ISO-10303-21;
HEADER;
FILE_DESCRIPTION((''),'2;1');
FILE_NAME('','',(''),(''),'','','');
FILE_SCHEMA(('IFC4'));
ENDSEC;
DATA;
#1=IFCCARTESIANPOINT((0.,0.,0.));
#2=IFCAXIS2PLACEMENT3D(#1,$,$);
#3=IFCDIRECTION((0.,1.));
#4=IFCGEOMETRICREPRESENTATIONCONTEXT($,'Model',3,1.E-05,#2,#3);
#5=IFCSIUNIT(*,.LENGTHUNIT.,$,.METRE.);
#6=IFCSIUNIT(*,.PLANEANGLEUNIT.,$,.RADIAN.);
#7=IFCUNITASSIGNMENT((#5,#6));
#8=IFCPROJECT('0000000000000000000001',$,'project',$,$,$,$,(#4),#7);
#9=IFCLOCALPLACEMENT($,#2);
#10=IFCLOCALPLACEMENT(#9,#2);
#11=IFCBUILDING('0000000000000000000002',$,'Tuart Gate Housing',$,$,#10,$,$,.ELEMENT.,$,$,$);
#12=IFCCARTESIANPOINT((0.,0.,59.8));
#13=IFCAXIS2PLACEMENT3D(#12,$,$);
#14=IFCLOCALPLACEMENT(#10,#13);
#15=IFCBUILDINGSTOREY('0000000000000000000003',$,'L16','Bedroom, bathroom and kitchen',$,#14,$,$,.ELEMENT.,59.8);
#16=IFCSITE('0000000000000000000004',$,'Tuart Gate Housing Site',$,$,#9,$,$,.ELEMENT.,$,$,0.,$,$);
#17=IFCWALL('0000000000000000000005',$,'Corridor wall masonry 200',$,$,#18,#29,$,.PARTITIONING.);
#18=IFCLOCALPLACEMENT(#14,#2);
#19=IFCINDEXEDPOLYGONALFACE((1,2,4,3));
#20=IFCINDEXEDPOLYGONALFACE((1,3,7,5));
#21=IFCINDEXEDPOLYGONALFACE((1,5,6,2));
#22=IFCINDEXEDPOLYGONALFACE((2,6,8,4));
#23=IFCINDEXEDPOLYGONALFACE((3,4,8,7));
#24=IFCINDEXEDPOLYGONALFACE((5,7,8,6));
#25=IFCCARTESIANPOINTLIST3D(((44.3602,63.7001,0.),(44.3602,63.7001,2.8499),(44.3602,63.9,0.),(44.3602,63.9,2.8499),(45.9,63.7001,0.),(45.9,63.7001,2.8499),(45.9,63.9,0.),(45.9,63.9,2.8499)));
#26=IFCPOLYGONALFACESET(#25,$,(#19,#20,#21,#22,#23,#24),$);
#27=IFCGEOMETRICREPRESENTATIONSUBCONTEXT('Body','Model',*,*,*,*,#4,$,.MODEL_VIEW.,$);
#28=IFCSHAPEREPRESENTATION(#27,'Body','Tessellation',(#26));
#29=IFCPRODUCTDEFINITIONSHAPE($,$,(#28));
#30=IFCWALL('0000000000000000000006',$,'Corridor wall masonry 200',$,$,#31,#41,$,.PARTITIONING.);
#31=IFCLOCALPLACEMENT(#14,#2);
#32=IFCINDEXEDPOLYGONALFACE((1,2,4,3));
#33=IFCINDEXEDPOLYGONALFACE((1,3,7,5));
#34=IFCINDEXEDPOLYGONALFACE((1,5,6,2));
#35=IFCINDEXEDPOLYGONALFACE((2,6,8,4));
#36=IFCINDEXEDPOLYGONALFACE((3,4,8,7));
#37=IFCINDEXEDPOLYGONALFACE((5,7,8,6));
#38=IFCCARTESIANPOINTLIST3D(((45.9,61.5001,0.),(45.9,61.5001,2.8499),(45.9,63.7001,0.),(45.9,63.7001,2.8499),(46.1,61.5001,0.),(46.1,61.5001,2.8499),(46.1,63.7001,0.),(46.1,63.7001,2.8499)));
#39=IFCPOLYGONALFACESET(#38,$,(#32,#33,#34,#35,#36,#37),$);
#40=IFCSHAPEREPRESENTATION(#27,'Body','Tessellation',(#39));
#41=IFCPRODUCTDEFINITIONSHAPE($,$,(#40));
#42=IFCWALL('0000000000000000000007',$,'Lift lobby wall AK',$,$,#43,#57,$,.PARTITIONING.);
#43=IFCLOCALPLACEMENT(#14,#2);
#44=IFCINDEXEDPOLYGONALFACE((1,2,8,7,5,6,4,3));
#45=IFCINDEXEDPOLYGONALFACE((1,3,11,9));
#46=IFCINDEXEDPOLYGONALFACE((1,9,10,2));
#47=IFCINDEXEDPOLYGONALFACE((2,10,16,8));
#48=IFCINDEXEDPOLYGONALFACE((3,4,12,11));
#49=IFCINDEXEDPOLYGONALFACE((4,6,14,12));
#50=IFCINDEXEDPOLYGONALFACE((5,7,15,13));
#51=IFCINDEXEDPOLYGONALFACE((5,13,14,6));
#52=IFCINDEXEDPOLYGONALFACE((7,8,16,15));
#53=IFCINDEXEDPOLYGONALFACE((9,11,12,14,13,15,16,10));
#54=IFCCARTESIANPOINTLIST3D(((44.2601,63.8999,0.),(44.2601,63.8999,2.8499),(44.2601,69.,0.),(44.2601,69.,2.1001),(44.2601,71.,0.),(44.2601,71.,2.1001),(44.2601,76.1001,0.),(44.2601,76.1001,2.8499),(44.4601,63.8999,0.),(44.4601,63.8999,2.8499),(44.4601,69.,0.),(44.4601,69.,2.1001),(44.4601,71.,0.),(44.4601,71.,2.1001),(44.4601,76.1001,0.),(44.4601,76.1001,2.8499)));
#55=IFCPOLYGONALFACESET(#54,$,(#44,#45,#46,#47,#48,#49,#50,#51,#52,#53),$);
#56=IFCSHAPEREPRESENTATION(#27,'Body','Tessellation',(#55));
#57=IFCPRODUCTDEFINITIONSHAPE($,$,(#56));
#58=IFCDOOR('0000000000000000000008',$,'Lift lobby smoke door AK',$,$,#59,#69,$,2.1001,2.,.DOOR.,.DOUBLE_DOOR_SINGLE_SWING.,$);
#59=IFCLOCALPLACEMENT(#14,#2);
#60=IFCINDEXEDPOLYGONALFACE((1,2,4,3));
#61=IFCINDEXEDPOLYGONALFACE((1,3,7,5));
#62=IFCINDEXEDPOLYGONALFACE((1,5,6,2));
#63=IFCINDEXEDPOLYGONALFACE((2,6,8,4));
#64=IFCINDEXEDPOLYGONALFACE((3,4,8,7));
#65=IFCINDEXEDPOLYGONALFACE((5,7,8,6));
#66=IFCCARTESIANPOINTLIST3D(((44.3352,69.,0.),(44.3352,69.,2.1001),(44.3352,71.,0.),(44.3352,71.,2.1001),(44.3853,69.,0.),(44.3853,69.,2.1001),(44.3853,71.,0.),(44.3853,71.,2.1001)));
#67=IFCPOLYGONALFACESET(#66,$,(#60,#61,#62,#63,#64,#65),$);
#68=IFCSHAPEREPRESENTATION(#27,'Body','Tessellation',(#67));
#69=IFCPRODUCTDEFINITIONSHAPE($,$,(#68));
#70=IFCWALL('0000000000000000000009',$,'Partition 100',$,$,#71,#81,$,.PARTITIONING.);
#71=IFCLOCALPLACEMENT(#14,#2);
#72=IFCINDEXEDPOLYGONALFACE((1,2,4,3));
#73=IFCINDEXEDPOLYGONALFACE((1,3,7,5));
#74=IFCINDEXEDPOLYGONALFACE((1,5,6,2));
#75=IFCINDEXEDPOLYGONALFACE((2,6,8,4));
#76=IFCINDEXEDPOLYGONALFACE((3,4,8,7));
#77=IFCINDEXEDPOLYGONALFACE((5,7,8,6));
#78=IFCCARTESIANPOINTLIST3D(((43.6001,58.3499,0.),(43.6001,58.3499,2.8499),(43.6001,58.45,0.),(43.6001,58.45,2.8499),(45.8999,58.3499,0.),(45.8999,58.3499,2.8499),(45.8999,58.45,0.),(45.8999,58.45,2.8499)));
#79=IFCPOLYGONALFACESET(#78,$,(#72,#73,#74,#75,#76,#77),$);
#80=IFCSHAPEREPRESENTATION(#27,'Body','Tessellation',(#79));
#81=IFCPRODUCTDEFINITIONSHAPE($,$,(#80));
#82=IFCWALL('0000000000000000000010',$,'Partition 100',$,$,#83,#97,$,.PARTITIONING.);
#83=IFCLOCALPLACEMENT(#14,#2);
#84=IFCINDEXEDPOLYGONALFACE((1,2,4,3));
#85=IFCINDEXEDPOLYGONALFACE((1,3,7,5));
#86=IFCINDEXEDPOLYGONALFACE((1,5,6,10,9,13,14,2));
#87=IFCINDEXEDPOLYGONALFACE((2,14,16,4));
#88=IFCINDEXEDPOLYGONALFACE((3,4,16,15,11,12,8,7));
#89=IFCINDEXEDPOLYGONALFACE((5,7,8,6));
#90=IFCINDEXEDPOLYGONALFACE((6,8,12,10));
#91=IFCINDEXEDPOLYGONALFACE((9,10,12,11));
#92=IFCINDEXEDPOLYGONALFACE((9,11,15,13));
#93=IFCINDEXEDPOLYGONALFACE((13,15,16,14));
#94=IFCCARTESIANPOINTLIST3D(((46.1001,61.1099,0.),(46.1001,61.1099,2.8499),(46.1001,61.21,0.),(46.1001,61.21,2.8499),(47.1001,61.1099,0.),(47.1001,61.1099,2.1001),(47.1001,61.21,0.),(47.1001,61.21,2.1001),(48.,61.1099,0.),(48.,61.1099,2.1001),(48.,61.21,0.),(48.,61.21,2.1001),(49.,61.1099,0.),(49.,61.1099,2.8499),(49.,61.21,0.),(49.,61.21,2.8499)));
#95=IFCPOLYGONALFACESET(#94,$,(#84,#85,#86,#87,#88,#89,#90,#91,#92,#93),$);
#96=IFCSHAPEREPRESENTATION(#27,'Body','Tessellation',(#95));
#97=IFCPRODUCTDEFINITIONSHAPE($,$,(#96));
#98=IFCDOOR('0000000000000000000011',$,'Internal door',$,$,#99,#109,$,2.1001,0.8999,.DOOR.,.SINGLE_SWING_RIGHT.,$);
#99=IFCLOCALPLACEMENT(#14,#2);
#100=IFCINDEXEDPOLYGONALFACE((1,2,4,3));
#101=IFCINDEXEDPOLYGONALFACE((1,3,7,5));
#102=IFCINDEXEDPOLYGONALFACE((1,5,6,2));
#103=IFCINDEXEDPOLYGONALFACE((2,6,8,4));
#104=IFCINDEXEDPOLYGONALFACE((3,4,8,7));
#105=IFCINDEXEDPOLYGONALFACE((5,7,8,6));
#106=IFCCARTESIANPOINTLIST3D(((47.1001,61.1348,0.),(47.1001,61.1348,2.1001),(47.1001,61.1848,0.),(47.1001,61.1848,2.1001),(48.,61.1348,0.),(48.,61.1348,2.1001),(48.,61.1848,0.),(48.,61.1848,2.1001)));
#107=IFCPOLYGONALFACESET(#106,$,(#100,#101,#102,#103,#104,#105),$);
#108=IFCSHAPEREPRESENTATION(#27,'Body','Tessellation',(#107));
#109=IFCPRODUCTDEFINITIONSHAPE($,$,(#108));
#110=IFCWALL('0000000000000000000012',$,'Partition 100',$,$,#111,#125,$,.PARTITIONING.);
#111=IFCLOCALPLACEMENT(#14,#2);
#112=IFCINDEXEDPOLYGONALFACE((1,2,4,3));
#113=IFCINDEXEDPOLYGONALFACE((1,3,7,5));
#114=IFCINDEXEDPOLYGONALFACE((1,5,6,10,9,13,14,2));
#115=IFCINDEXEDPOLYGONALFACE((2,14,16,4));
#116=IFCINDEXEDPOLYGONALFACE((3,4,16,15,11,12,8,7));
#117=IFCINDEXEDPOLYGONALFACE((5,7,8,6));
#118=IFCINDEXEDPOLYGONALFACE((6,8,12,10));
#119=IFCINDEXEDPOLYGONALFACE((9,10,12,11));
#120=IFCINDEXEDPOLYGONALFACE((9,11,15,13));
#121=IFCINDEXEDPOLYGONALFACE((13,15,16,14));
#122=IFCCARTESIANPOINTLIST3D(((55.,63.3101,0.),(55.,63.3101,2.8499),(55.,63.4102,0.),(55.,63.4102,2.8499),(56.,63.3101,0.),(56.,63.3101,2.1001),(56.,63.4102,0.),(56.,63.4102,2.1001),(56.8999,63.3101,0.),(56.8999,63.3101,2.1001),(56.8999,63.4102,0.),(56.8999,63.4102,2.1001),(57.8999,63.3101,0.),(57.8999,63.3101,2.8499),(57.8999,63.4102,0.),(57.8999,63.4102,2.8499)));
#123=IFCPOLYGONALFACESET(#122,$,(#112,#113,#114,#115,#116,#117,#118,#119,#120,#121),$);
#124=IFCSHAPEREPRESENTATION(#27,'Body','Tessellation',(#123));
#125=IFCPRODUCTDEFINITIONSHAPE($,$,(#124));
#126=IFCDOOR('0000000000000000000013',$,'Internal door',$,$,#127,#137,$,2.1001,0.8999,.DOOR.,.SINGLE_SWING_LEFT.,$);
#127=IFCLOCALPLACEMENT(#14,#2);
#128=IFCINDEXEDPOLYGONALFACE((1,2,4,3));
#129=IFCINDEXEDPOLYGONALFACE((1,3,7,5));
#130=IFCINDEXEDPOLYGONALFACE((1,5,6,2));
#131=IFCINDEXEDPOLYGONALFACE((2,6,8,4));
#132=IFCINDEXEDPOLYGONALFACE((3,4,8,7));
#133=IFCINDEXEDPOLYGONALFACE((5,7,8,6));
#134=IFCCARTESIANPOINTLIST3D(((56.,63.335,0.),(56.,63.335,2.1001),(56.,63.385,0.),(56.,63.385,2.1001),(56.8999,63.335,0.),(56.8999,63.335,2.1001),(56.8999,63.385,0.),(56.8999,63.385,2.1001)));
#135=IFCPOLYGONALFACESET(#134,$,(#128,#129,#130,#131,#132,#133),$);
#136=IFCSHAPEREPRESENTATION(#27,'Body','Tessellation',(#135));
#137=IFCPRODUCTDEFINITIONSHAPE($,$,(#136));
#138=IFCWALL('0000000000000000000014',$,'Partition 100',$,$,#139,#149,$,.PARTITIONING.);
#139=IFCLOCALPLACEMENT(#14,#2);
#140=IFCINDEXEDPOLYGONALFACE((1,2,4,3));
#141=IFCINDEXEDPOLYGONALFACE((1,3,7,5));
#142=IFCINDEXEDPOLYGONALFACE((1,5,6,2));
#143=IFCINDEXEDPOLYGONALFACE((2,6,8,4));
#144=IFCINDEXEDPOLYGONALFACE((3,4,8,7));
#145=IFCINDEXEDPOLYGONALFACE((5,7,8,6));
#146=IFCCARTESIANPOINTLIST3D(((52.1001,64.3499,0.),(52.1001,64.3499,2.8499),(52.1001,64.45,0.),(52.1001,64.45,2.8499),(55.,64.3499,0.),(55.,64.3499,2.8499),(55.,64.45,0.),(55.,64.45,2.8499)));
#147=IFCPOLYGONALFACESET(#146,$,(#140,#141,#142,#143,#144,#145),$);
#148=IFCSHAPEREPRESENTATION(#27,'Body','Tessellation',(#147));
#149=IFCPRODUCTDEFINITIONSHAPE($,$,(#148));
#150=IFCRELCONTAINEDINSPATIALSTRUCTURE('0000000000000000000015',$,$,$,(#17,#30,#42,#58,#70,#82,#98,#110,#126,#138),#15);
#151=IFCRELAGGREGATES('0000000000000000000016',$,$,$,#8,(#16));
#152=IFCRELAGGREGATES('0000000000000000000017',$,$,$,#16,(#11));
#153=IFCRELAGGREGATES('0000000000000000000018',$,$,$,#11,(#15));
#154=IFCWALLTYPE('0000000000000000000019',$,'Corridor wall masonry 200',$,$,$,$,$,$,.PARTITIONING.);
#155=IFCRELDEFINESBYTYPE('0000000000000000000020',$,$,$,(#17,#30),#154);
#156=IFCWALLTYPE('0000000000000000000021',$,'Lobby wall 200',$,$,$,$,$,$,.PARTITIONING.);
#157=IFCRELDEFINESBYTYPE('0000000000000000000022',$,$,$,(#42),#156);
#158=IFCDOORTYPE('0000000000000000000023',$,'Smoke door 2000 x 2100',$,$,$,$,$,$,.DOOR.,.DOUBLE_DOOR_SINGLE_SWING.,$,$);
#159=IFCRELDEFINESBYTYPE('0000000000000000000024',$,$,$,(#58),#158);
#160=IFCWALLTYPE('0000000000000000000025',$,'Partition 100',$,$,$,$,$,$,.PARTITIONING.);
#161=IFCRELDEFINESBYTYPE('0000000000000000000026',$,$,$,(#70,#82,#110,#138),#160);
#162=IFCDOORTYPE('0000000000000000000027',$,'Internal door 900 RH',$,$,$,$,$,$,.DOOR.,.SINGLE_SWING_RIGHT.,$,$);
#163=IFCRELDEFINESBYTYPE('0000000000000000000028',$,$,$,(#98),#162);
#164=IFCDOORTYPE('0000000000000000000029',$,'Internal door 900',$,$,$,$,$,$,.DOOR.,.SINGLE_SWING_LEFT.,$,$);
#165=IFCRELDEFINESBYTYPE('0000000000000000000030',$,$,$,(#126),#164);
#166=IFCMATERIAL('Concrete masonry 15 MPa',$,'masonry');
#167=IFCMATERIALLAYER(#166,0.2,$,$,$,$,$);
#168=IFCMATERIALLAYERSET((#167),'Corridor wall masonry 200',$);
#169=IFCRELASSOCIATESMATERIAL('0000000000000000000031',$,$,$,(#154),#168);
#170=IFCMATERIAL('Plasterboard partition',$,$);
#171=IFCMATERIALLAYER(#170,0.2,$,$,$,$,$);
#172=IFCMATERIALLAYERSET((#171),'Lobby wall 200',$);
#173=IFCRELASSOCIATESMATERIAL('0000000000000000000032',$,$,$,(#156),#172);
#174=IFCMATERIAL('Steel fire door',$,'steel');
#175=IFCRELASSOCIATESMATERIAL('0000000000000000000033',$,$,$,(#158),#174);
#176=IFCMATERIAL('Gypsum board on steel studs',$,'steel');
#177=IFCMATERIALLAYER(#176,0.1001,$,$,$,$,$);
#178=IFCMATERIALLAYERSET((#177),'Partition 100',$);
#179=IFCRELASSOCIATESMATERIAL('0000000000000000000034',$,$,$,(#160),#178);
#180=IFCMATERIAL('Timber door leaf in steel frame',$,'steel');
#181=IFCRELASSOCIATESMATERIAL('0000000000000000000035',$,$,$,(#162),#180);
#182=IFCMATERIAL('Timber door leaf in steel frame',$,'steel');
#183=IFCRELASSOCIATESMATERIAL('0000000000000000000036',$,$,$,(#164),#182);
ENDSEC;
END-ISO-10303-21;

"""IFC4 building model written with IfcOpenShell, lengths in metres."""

from ifc_helpers import new_model, si_unit, direction, frame, frame_2d, origin, place, context, subcontext, project, spatial, rectangle, extrude, material, layer, layer_set, type_object, element, fill, save


model = new_model("IFC4")

# Units and contexts
model_context = context("Model", 3, precision=1e-05, world=origin(), true_north=direction((0.0, 1.0)))
body_context = subcontext(model_context, "Body", "Model", "MODEL_VIEW")
ifc_project = project(units=[si_unit("LENGTHUNIT", "METRE"), si_unit("PLANEANGLEUNIT", "RADIAN")], contexts=[model_context])

# Site, building, storey
site_placement = place(None, origin())
site = spatial("IfcSite", under=ifc_project, at=site_placement, Name="Tuart Gate Housing Site", CompositionType="ELEMENT", RefElevation=0.0)
building_placement = place(site_placement, origin())
building = spatial("IfcBuilding", under=site, at=building_placement, Name="Tuart Gate Housing", CompositionType="ELEMENT")
storey_placement = place(building_placement, frame((0.0, 0.0, 59.8)))
storey = spatial("IfcBuildingStorey", under=building, at=storey_placement, Name="L16", Description="Bedroom, bathroom and kitchen", CompositionType="ELEMENT", Elevation=59.8)

# Walls
ifc_material_1 = material(Name="Concrete masonry 15 MPa", Category="masonry")
ifc_layer_1 = layer(ifc_material_1, 0.2)
ifc_layer_set_1 = layer_set([ifc_layer_1], Name="Corridor wall masonry 200")
wall_type_1 = type_object("IfcWallType", Name="Corridor wall masonry 200", PredefinedType="PARTITIONING", material=ifc_layer_set_1)
wall_1_placement = place(storey_placement, frame((44.3601, 63.8, 0.0), z_axis=(0.0, 0.0, 1.0), x_axis=(1.0, 0.0, 0.0)))
element("IfcWall", 1, at=wall_1_placement, inside=storey, type_object=wall_type_1, Name="Corridor wall masonry 200", PredefinedType="PARTITIONING", context=body_context, shape_type="SweptSolid", body=[
    extrude(rectangle(XDim=1.5398, YDim=0.2, at=frame_2d((0.77, 0.0))), origin(), (0.0, 0.0, 1.0), 2.8499),
])
wall_2_placement = place(storey_placement, frame((46.0, 61.5, 0.0), z_axis=(0.0, 0.0, 1.0), x_axis=(0.0, 1.0, 0.0)))
element("IfcWall", 2, at=wall_2_placement, inside=storey, type_object=wall_type_1, Name="Corridor wall masonry 200", PredefinedType="PARTITIONING", context=body_context, shape_type="SweptSolid", body=[
    extrude(rectangle(XDim=2.2, YDim=0.2, at=frame_2d((1.1001, 0.0))), origin(), (0.0, 0.0, 1.0), 2.8499),
])

# Wall, opening, door
ifc_material_2 = material(Name="Plasterboard partition")
ifc_layer_2 = layer(ifc_material_2, 0.2)
ifc_layer_set_2 = layer_set([ifc_layer_2], Name="Lobby wall 200")
wall_type_2 = type_object("IfcWallType", Name="Lobby wall 200", PredefinedType="PARTITIONING", material=ifc_layer_set_2)
wall_3_placement = place(storey_placement, frame((44.3601, 63.8999, 0.0), z_axis=(0.0, 0.0, 1.0), x_axis=(0.0, 1.0, 0.0)))
wall_3 = element("IfcWall", 3, at=wall_3_placement, inside=storey, type_object=wall_type_2, Name="Lift lobby wall AK", PredefinedType="PARTITIONING", context=body_context, shape_type="SweptSolid", body=[
    extrude(rectangle(XDim=12.2002, YDim=0.2, at=frame_2d((6.1001, 0.0))), origin(), (0.0, 0.0, 1.0), 2.8499),
])
opening_1_placement = place(wall_3_placement, frame((5.1001, 0.0, 0.0)))
opening_1 = element("IfcOpeningElement", 4, at=opening_1_placement, cuts=wall_3, PredefinedType="OPENING", context=body_context, shape_type="SweptSolid", body=[
    extrude(rectangle(XDim=2.0, YDim=2.1001, at=frame_2d((1.0, 1.05))), frame((0.0, 0.1099, 0.0), z_axis=(0.0, -1.0, 0.0), x_axis=(1.0, 0.0, 0.0)), (0.0, 0.0, 1.0), 0.22),
])
ifc_material_3 = material(Name="Steel fire door", Category="steel")
door_type_1 = type_object("IfcDoorType", Name="Smoke door 2000 x 2100", OperationType="DOUBLE_DOOR_SINGLE_SWING", PredefinedType="DOOR", material=ifc_material_3)
door_1_placement = place(opening_1_placement, origin())
door_1 = element("IfcDoor", 5, at=door_1_placement, inside=storey, type_object=door_type_1, Name="Lift lobby smoke door AK", OperationType="DOUBLE_DOOR_SINGLE_SWING", OverallHeight=2.1001, OverallWidth=2.0, PredefinedType="DOOR", context=body_context, shape_type="SweptSolid", body=[
    extrude(rectangle(XDim=2.0, YDim=2.1001, at=frame_2d((1.0, 1.05))), frame((0.0, 0.0249, 0.0), z_axis=(0.0, -1.0, 0.0), x_axis=(1.0, 0.0, 0.0)), (0.0, 0.0, 1.0), 0.05),
])
fill(opening_1, door_1)

# Wall
ifc_material_4 = material(Name="Gypsum board on steel studs", Category="steel")
ifc_layer_3 = layer(ifc_material_4, 0.1001)
ifc_layer_set_3 = layer_set([ifc_layer_3], Name="Partition 100")
wall_type_3 = type_object("IfcWallType", Name="Partition 100", PredefinedType="PARTITIONING", material=ifc_layer_set_3)
wall_4_placement = place(storey_placement, frame((43.6001, 58.3999, 0.0), z_axis=(0.0, 0.0, 1.0), x_axis=(1.0, 0.0, 0.0)))
element("IfcWall", 6, at=wall_4_placement, inside=storey, type_object=wall_type_3, Name="Partition 100", PredefinedType="PARTITIONING", context=body_context, shape_type="SweptSolid", body=[
    extrude(rectangle(XDim=2.2998, YDim=0.1001, at=frame_2d((1.1499, 0.0))), origin(), (0.0, 0.0, 1.0), 2.8499),
])

# Walls, openings, doors
wall_5_placement = place(storey_placement, frame((46.1001, 61.1599, 0.0), z_axis=(0.0, 0.0, 1.0), x_axis=(1.0, 0.0, 0.0)))
wall_5 = element("IfcWall", 7, at=wall_5_placement, inside=storey, type_object=wall_type_3, Name="Partition 100", PredefinedType="PARTITIONING", context=body_context, shape_type="SweptSolid", body=[
    extrude(rectangle(XDim=2.8999, YDim=0.1001, at=frame_2d((1.45, 0.0))), origin(), (0.0, 0.0, 1.0), 2.8499),
])
opening_2_placement = place(wall_5_placement, frame((1.0, 0.0, 0.0)))
opening_2 = element("IfcOpeningElement", 8, at=opening_2_placement, cuts=wall_5, PredefinedType="OPENING", context=body_context, shape_type="SweptSolid", body=[
    extrude(rectangle(XDim=0.8999, YDim=2.1001, at=frame_2d((0.45, 1.05))), frame((0.0, 0.0601, 0.0), z_axis=(0.0, -1.0, 0.0), x_axis=(1.0, 0.0, 0.0)), (0.0, 0.0, 1.0), 0.1201),
])
ifc_material_5 = material(Name="Timber door leaf in steel frame", Category="steel")
door_type_2 = type_object("IfcDoorType", Name="Internal door 900 RH", OperationType="SINGLE_SWING_RIGHT", PredefinedType="DOOR", material=ifc_material_5)
door_2_placement = place(opening_2_placement, origin())
door_2 = element("IfcDoor", 9, at=door_2_placement, inside=storey, type_object=door_type_2, Name="Internal door", OperationType="SINGLE_SWING_RIGHT", OverallHeight=2.1001, OverallWidth=0.8999, PredefinedType="DOOR", context=body_context, shape_type="SweptSolid", body=[
    extrude(rectangle(XDim=0.8999, YDim=2.1001, at=frame_2d((0.45, 1.05))), frame((0.0, 0.0249, 0.0), z_axis=(0.0, -1.0, 0.0), x_axis=(1.0, 0.0, 0.0)), (0.0, 0.0, 1.0), 0.05),
])
fill(opening_2, door_2)
wall_6_placement = place(storey_placement, frame((55.0, 63.3601, 0.0), z_axis=(0.0, 0.0, 1.0), x_axis=(1.0, 0.0, 0.0)))
wall_6 = element("IfcWall", 10, at=wall_6_placement, inside=storey, type_object=wall_type_3, Name="Partition 100", PredefinedType="PARTITIONING", context=body_context, shape_type="SweptSolid", body=[
    extrude(rectangle(XDim=2.8999, YDim=0.1001, at=frame_2d((1.45, 0.0))), origin(), (0.0, 0.0, 1.0), 2.8499),
])
opening_3_placement = place(wall_6_placement, frame((1.0, 0.0, 0.0)))
opening_3 = element("IfcOpeningElement", 11, at=opening_3_placement, cuts=wall_6, PredefinedType="OPENING", context=body_context, shape_type="SweptSolid", body=[
    extrude(rectangle(XDim=0.8999, YDim=2.1001, at=frame_2d((0.45, 1.05))), frame((0.0, 0.0601, 0.0), z_axis=(0.0, -1.0, 0.0), x_axis=(1.0, 0.0, 0.0)), (0.0, 0.0, 1.0), 0.1201),
])
ifc_material_6 = material(Name="Timber door leaf in steel frame", Category="steel")
door_type_3 = type_object("IfcDoorType", Name="Internal door 900", OperationType="SINGLE_SWING_LEFT", PredefinedType="DOOR", material=ifc_material_6)
door_3_placement = place(opening_3_placement, origin())
door_3 = element("IfcDoor", 12, at=door_3_placement, inside=storey, type_object=door_type_3, Name="Internal door", OperationType="SINGLE_SWING_LEFT", OverallHeight=2.1001, OverallWidth=0.8999, PredefinedType="DOOR", context=body_context, shape_type="SweptSolid", body=[
    extrude(rectangle(XDim=0.8999, YDim=2.1001, at=frame_2d((0.45, 1.05))), frame((0.0, 0.0249, 0.0), z_axis=(0.0, -1.0, 0.0), x_axis=(1.0, 0.0, 0.0)), (0.0, 0.0, 1.0), 0.05),
])
fill(opening_3, door_3)

# Wall
wall_7_placement = place(storey_placement, frame((52.1001, 64.3999, 0.0), z_axis=(0.0, 0.0, 1.0), x_axis=(1.0, 0.0, 0.0)))
element("IfcWall", 13, at=wall_7_placement, inside=storey, type_object=wall_type_3, Name="Partition 100", PredefinedType="PARTITIONING", context=body_context, shape_type="SweptSolid", body=[
    extrude(rectangle(XDim=2.8999, YDim=0.1001, at=frame_2d((1.45, 0.0))), origin(), (0.0, 0.0, 1.0), 2.8499),
])

save(model, "model.ifc")
